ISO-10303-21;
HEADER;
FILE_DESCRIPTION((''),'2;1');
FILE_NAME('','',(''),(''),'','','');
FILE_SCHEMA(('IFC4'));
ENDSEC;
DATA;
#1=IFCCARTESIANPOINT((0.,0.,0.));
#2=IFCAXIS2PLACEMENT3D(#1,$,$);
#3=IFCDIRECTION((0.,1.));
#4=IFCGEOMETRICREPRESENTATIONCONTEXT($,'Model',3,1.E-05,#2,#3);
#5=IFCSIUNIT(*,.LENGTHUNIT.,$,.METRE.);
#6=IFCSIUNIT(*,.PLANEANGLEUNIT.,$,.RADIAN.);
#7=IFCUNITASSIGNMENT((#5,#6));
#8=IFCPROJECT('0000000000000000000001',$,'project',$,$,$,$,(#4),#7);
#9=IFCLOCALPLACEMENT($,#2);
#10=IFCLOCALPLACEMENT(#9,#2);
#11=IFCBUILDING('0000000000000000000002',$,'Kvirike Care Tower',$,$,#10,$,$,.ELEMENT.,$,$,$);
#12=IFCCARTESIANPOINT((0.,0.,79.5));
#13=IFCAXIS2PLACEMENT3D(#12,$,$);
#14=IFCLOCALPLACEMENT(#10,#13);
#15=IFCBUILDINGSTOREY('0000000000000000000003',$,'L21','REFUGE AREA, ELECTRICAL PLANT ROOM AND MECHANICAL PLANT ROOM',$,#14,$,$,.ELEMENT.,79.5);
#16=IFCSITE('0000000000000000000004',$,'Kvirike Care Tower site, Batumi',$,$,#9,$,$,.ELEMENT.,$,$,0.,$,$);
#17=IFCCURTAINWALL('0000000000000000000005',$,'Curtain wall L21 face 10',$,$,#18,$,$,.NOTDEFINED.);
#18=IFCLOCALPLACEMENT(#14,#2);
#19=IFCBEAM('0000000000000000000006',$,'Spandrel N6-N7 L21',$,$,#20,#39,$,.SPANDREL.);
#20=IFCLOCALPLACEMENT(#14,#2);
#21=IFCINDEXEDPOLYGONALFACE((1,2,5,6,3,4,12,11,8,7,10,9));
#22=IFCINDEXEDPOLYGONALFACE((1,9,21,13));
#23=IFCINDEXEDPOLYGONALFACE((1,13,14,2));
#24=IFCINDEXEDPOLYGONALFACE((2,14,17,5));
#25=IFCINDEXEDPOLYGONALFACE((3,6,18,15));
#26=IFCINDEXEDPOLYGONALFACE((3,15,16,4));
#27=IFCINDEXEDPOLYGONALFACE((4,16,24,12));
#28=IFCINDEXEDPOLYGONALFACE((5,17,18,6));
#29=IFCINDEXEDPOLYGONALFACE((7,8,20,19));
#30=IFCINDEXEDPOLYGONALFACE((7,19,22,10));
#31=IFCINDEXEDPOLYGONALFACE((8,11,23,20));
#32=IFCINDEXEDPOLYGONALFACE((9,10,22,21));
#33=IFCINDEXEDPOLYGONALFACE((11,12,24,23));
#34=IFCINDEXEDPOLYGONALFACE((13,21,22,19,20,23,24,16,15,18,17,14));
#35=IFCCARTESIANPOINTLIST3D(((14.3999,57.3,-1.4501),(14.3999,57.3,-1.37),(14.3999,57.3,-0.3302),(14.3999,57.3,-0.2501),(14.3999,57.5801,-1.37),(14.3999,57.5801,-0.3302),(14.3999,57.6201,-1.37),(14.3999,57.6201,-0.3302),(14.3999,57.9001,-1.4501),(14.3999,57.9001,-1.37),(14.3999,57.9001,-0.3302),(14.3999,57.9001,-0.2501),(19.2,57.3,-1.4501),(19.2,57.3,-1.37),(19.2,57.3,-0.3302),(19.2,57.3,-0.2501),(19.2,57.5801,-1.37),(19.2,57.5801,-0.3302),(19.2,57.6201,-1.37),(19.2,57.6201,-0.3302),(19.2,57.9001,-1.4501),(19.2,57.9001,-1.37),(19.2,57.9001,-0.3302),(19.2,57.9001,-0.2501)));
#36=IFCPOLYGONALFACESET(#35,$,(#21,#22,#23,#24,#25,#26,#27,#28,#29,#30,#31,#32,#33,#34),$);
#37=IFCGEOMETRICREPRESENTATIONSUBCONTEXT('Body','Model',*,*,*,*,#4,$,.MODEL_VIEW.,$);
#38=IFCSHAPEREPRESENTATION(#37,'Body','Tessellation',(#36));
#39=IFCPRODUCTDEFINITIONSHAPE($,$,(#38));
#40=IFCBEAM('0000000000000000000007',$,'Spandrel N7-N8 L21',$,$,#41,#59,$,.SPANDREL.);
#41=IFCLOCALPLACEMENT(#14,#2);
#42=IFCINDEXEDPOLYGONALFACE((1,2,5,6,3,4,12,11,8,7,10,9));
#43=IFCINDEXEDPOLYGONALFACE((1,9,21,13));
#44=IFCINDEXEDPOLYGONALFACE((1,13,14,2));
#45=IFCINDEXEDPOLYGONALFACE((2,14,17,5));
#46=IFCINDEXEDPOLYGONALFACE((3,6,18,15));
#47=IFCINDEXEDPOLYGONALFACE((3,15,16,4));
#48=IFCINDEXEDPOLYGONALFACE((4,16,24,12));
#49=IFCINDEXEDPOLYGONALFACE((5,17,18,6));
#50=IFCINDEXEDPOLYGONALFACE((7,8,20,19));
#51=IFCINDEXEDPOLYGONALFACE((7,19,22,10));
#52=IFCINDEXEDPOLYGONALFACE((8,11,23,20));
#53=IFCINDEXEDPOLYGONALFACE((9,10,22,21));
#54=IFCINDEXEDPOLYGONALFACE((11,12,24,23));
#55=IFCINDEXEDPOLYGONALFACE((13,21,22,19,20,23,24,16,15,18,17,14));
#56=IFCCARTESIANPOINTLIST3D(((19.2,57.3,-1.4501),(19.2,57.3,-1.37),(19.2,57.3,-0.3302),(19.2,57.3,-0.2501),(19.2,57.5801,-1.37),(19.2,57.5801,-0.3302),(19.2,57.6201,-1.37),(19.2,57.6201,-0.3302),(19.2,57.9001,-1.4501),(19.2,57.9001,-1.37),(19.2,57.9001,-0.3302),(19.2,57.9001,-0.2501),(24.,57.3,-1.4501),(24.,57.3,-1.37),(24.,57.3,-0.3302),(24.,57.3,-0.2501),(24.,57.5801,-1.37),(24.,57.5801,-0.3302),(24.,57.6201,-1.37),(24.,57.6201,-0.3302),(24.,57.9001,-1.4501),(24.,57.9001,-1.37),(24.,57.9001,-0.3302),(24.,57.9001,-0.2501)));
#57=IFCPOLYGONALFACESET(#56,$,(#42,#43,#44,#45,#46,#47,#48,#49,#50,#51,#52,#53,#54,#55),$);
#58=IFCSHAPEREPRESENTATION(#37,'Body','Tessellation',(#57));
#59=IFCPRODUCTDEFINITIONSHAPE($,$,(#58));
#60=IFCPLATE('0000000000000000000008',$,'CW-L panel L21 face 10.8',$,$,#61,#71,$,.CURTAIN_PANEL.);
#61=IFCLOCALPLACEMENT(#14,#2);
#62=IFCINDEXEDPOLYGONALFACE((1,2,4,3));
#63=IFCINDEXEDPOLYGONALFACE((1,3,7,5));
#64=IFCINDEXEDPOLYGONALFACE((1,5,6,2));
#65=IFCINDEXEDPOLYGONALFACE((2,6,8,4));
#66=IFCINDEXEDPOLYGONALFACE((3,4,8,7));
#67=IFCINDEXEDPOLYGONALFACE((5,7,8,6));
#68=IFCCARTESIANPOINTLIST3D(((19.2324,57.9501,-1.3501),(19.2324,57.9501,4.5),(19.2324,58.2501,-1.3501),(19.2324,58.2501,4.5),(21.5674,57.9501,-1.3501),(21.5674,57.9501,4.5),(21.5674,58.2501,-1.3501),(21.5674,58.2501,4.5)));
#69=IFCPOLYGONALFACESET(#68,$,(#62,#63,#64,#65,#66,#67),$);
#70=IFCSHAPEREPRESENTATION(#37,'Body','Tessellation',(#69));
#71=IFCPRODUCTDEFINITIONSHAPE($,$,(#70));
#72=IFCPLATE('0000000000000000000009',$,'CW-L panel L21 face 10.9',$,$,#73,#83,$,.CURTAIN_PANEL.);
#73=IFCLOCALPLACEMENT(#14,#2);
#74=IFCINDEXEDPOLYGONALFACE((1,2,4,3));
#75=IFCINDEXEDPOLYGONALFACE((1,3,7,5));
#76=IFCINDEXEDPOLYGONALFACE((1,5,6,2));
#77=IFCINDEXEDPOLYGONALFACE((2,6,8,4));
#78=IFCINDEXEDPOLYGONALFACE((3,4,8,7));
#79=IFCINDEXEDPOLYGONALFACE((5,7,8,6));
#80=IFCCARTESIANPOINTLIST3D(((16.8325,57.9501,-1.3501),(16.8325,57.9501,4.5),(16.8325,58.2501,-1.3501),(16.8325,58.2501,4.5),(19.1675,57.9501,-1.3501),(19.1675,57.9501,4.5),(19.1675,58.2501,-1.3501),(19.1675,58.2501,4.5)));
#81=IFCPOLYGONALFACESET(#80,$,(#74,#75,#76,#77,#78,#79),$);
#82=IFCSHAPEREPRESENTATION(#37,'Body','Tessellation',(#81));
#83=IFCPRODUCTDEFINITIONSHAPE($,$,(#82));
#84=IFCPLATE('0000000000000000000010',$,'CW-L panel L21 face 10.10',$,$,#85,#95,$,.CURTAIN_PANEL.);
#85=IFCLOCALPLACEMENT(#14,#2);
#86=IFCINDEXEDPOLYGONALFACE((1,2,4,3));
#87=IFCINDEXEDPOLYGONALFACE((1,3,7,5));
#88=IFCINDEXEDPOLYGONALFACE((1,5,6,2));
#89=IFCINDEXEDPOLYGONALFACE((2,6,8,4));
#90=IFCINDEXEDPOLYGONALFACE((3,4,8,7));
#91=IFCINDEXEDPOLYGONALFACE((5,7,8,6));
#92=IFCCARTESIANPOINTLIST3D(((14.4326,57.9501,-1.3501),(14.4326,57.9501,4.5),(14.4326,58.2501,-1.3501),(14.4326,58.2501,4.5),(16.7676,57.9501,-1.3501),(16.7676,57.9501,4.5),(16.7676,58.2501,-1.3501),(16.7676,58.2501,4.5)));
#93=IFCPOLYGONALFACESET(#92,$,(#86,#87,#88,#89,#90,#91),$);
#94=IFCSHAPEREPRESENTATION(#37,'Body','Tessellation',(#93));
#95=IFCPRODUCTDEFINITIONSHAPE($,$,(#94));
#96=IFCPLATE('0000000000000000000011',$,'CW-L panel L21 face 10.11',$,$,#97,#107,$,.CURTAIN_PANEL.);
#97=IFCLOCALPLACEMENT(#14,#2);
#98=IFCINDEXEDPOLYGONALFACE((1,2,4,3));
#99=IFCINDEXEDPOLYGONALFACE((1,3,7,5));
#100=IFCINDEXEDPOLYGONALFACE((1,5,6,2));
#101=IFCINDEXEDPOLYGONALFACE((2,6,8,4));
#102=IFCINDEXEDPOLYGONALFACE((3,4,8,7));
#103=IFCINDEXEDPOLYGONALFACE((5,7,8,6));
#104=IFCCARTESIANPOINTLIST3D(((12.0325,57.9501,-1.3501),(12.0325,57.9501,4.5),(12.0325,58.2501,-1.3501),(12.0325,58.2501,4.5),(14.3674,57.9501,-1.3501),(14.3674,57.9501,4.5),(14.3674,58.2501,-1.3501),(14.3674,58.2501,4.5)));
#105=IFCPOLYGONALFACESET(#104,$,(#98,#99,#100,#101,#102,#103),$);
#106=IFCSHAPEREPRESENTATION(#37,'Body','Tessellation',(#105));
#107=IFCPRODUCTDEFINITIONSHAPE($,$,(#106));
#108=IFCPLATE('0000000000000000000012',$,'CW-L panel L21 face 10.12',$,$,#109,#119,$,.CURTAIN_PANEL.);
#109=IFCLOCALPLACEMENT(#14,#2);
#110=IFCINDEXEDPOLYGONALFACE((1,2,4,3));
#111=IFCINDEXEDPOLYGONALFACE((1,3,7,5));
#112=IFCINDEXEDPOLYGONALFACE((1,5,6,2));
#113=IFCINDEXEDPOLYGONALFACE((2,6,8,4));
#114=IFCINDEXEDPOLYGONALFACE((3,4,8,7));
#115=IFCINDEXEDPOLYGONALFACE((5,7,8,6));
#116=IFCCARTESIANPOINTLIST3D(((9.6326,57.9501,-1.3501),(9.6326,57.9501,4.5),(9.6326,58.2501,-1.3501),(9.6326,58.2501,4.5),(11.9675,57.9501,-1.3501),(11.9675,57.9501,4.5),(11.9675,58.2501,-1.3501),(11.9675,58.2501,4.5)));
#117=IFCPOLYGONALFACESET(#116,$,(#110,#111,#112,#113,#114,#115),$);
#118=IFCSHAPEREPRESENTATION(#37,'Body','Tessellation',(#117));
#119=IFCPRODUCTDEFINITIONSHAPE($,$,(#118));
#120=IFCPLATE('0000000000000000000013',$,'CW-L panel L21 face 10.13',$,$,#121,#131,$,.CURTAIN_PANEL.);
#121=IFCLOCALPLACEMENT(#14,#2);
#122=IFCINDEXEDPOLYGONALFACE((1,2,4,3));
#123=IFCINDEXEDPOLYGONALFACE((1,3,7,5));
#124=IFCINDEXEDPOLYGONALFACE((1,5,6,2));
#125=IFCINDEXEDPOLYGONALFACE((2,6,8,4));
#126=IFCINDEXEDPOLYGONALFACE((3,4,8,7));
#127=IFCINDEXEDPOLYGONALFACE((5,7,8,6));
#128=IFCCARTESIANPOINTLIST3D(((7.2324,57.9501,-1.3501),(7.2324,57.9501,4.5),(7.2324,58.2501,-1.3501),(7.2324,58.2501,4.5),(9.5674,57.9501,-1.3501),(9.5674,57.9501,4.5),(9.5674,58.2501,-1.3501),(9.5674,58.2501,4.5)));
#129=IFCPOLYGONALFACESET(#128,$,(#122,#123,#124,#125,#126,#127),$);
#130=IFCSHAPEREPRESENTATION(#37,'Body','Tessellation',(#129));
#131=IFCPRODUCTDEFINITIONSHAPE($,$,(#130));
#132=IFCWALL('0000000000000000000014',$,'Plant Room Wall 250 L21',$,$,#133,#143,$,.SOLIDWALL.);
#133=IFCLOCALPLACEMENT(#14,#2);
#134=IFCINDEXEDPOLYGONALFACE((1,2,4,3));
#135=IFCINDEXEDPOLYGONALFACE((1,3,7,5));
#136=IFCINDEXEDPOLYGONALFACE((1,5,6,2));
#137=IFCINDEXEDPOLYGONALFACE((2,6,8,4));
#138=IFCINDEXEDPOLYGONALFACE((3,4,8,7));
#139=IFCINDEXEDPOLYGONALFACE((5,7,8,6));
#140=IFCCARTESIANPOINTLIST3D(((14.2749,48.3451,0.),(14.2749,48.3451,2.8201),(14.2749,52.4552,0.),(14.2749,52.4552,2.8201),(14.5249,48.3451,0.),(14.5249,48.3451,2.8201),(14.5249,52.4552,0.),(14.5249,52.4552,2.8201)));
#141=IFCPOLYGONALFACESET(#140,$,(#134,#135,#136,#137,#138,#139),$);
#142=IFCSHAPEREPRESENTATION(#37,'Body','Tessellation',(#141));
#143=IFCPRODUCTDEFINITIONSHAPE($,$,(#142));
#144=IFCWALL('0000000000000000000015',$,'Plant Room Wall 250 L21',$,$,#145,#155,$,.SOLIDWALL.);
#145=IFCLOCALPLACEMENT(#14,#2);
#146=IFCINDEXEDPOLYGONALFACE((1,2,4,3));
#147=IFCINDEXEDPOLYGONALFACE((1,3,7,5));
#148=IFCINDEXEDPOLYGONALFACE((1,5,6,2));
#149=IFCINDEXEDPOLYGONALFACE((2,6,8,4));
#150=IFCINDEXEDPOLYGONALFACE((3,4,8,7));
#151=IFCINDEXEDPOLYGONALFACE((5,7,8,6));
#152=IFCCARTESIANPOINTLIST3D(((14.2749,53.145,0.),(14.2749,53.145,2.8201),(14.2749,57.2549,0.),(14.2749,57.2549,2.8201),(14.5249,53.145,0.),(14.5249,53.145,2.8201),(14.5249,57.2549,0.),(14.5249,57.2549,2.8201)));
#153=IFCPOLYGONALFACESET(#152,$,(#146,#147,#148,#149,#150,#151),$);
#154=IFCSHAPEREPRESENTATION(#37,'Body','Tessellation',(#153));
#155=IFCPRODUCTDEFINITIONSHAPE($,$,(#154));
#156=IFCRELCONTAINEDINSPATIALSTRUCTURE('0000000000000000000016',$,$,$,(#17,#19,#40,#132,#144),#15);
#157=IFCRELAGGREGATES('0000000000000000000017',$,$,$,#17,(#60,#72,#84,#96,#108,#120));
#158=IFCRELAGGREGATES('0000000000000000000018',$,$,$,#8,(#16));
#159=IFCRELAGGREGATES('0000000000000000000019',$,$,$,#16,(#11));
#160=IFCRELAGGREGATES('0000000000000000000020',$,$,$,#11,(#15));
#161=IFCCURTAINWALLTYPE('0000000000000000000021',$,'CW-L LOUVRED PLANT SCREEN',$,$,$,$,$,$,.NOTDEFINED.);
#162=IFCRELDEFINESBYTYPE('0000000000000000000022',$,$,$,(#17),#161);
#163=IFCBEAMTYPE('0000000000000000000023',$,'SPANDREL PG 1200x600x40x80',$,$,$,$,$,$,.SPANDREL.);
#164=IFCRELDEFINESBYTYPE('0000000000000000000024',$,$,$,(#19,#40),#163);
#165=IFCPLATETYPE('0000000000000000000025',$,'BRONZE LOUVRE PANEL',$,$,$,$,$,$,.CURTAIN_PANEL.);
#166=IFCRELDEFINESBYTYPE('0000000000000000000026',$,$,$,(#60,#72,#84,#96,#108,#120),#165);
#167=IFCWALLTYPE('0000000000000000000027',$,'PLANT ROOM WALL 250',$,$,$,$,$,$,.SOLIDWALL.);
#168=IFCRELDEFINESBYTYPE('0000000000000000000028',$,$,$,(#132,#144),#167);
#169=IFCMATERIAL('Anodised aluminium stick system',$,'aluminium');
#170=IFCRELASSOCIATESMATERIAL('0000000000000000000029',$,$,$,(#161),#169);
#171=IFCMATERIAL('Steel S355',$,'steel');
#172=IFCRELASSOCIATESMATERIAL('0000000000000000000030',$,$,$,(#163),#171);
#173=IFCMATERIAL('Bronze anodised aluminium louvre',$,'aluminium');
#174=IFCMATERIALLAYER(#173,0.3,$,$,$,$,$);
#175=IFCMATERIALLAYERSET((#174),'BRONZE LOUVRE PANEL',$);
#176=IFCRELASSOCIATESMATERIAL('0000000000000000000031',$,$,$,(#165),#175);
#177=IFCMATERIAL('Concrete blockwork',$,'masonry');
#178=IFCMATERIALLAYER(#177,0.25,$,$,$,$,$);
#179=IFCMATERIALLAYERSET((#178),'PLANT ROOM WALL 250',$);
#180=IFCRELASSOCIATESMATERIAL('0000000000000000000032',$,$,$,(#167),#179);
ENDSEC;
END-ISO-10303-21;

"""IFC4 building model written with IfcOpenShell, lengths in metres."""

from ifc_helpers import new_model, si_unit, direction, frame, frame_2d, origin, origin_2d, place, context, subcontext, project, spatial, rectangle, i_section, extrude, material, layer, layer_set, material_profile, profile_set, type_object, element, aggregate, save


model = new_model("IFC4")

# Units and contexts
model_context = context("Model", 3, precision=1e-05, world=origin(), true_north=direction((0.0, 1.0)))
body_context = subcontext(model_context, "Body", "Model", "MODEL_VIEW")
ifc_project = project(units=[si_unit("LENGTHUNIT", "METRE"), si_unit("PLANEANGLEUNIT", "RADIAN")], contexts=[model_context])

# Site, building, storey
site_placement = place(None, origin())
site = spatial("IfcSite", under=ifc_project, at=site_placement, Name="Kvirike Care Tower site, Batumi", CompositionType="ELEMENT", RefElevation=0.0)
building_placement = place(site_placement, origin())
building = spatial("IfcBuilding", under=site, at=building_placement, Name="Kvirike Care Tower", CompositionType="ELEMENT")
storey_placement = place(building_placement, frame((0.0, 0.0, 79.5)))
storey = spatial("IfcBuildingStorey", under=building, at=storey_placement, Name="L21", Description="REFUGE AREA, ELECTRICAL PLANT ROOM AND MECHANICAL PLANT ROOM", CompositionType="ELEMENT", Elevation=79.5)

# Curtain wall
ifc_material_1 = material(Name="Anodised aluminium stick system", Category="aluminium")
curtain_wall_type = type_object("IfcCurtainWallType", Name="CW-L LOUVRED PLANT SCREEN", PredefinedType="NOTDEFINED", material=ifc_material_1)
curtain_wall_placement = place(storey_placement, origin())
curtain_wall = element("IfcCurtainWall", 1, at=curtain_wall_placement, inside=storey, type_object=curtain_wall_type, Name="Curtain wall L21 face 10", PredefinedType="NOTDEFINED")

# Beams
ifc_material_2 = material(Name="Steel S355", Category="steel")
ifc_material_profile_1 = material_profile(ifc_material_2, i_section(OverallWidth=0.6001, OverallDepth=1.2, WebThickness=0.04, FlangeThickness=0.0801, at=origin_2d()), Name="PG 1200x600x40x80")
ifc_profile_set_1 = profile_set([ifc_material_profile_1], Name="Steel S355")
beam_type_1 = type_object("IfcBeamType", Name="SPANDREL PG 1200x600x40x80", PredefinedType="SPANDREL", material=ifc_profile_set_1)
for number, where, z_axis, x_axis, name in (
    (2, (14.3999, 57.6001, -0.8501), (1.0, 0.0, 0.0), (0.0, 1.0, 0.0), "Spandrel N6-N7 L21"),
    (3, (19.2, 57.6001, -0.8501), (1.0, 0.0, 0.0), (0.0, 1.0, 0.0), "Spandrel N7-N8 L21"),
):
    element("IfcBeam", number, at=place(storey_placement, frame(where, z_axis=z_axis, x_axis=x_axis)), inside=storey, type_object=beam_type_1, Name=name, PredefinedType="SPANDREL", context=body_context, shape_type="SweptSolid", body=[
        extrude(i_section(OverallWidth=0.6001, OverallDepth=1.2, WebThickness=0.04, FlangeThickness=0.0801, at=origin_2d()), origin(), (0.0, 0.0, 1.0), 4.8),
    ])

# Plates
ifc_material_3 = material(Name="Bronze anodised aluminium louvre", Category="aluminium")
ifc_layer_1 = layer(ifc_material_3, 0.3)
ifc_layer_set_1 = layer_set([ifc_layer_1], Name="BRONZE LOUVRE PANEL")
plate_type = type_object("IfcPlateType", Name="BRONZE LOUVRE PANEL", PredefinedType="CURTAIN_PANEL", material=ifc_layer_set_1)
plate_1_placement = place(storey_placement, frame((20.3999, 58.1001, -1.3501), z_axis=(0.0, 0.0, 1.0), x_axis=(-1.0, 0.0, 0.0)))
plate_1 = element("IfcPlate", 4, at=plate_1_placement, type_object=plate_type, Name="CW-L panel L21 face 10.8", PredefinedType="CURTAIN_PANEL", context=body_context, shape_type="SweptSolid", body=[
    extrude(rectangle(XDim=2.335, YDim=0.3, at=origin_2d()), origin(), (0.0, 0.0, 1.0), 5.8501),
])
plate_2_placement = place(storey_placement, frame((18.0, 58.1001, -1.3501), z_axis=(0.0, 0.0, 1.0), x_axis=(-1.0, 0.0, 0.0)))
plate_2 = element("IfcPlate", 5, at=plate_2_placement, type_object=plate_type, Name="CW-L panel L21 face 10.9", PredefinedType="CURTAIN_PANEL", context=body_context, shape_type="SweptSolid", body=[
    extrude(rectangle(XDim=2.335, YDim=0.3, at=origin_2d()), origin(), (0.0, 0.0, 1.0), 5.8501),
])
plate_3_placement = place(storey_placement, frame((15.6001, 58.1001, -1.3501), z_axis=(0.0, 0.0, 1.0), x_axis=(-1.0, 0.0, 0.0)))
plate_3 = element("IfcPlate", 6, at=plate_3_placement, type_object=plate_type, Name="CW-L panel L21 face 10.10", PredefinedType="CURTAIN_PANEL", context=body_context, shape_type="SweptSolid", body=[
    extrude(rectangle(XDim=2.335, YDim=0.3, at=origin_2d()), origin(), (0.0, 0.0, 1.0), 5.8501),
])
plate_4_placement = place(storey_placement, frame((13.2, 58.1001, -1.3501), z_axis=(0.0, 0.0, 1.0), x_axis=(-1.0, 0.0, 0.0)))
plate_4 = element("IfcPlate", 7, at=plate_4_placement, type_object=plate_type, Name="CW-L panel L21 face 10.11", PredefinedType="CURTAIN_PANEL", context=body_context, shape_type="SweptSolid", body=[
    extrude(rectangle(XDim=2.335, YDim=0.3, at=origin_2d()), origin(), (0.0, 0.0, 1.0), 5.8501),
])
plate_5_placement = place(storey_placement, frame((10.8, 58.1001, -1.3501), z_axis=(0.0, 0.0, 1.0), x_axis=(-1.0, 0.0, 0.0)))
plate_5 = element("IfcPlate", 8, at=plate_5_placement, type_object=plate_type, Name="CW-L panel L21 face 10.12", PredefinedType="CURTAIN_PANEL", context=body_context, shape_type="SweptSolid", body=[
    extrude(rectangle(XDim=2.335, YDim=0.3, at=origin_2d()), origin(), (0.0, 0.0, 1.0), 5.8501),
])
plate_6_placement = place(storey_placement, frame((8.3999, 58.1001, -1.3501), z_axis=(0.0, 0.0, 1.0), x_axis=(-1.0, 0.0, 0.0)))
plate_6 = element("IfcPlate", 9, at=plate_6_placement, type_object=plate_type, Name="CW-L panel L21 face 10.13", PredefinedType="CURTAIN_PANEL", context=body_context, shape_type="SweptSolid", body=[
    extrude(rectangle(XDim=2.335, YDim=0.3, at=origin_2d()), origin(), (0.0, 0.0, 1.0), 5.8501),
])
aggregate(curtain_wall, [plate_1, plate_2, plate_3, plate_4, plate_5, plate_6])

# Walls
ifc_material_4 = material(Name="Concrete blockwork", Category="masonry")
ifc_layer_2 = layer(ifc_material_4, 0.25)
ifc_layer_set_2 = layer_set([ifc_layer_2], Name="PLANT ROOM WALL 250")
wall_type = type_object("IfcWallType", Name="PLANT ROOM WALL 250", PredefinedType="SOLIDWALL", material=ifc_layer_set_2)
wall_1_placement = place(storey_placement, frame((14.3999, 48.345, 0.0), z_axis=(0.0, 0.0, 1.0), x_axis=(0.0, 1.0, 0.0)))
element("IfcWall", 10, at=wall_1_placement, inside=storey, type_object=wall_type, Name="Plant Room Wall 250 L21", PredefinedType="SOLIDWALL", context=body_context, shape_type="SweptSolid", body=[
    extrude(rectangle(XDim=4.1101, YDim=0.25, at=frame_2d((2.0552, 0.0))), origin(), (0.0, 0.0, 1.0), 2.8201),
])
wall_2_placement = place(storey_placement, frame((14.3999, 53.145, 0.0), z_axis=(0.0, 0.0, 1.0), x_axis=(0.0, 1.0, 0.0)))
element("IfcWall", 11, at=wall_2_placement, inside=storey, type_object=wall_type, Name="Plant Room Wall 250 L21", PredefinedType="SOLIDWALL", context=body_context, shape_type="SweptSolid", body=[
    extrude(rectangle(XDim=4.1099, YDim=0.25, at=frame_2d((2.0549, 0.0))), origin(), (0.0, 0.0, 1.0), 2.8201),
])

save(model, "model.ifc")
